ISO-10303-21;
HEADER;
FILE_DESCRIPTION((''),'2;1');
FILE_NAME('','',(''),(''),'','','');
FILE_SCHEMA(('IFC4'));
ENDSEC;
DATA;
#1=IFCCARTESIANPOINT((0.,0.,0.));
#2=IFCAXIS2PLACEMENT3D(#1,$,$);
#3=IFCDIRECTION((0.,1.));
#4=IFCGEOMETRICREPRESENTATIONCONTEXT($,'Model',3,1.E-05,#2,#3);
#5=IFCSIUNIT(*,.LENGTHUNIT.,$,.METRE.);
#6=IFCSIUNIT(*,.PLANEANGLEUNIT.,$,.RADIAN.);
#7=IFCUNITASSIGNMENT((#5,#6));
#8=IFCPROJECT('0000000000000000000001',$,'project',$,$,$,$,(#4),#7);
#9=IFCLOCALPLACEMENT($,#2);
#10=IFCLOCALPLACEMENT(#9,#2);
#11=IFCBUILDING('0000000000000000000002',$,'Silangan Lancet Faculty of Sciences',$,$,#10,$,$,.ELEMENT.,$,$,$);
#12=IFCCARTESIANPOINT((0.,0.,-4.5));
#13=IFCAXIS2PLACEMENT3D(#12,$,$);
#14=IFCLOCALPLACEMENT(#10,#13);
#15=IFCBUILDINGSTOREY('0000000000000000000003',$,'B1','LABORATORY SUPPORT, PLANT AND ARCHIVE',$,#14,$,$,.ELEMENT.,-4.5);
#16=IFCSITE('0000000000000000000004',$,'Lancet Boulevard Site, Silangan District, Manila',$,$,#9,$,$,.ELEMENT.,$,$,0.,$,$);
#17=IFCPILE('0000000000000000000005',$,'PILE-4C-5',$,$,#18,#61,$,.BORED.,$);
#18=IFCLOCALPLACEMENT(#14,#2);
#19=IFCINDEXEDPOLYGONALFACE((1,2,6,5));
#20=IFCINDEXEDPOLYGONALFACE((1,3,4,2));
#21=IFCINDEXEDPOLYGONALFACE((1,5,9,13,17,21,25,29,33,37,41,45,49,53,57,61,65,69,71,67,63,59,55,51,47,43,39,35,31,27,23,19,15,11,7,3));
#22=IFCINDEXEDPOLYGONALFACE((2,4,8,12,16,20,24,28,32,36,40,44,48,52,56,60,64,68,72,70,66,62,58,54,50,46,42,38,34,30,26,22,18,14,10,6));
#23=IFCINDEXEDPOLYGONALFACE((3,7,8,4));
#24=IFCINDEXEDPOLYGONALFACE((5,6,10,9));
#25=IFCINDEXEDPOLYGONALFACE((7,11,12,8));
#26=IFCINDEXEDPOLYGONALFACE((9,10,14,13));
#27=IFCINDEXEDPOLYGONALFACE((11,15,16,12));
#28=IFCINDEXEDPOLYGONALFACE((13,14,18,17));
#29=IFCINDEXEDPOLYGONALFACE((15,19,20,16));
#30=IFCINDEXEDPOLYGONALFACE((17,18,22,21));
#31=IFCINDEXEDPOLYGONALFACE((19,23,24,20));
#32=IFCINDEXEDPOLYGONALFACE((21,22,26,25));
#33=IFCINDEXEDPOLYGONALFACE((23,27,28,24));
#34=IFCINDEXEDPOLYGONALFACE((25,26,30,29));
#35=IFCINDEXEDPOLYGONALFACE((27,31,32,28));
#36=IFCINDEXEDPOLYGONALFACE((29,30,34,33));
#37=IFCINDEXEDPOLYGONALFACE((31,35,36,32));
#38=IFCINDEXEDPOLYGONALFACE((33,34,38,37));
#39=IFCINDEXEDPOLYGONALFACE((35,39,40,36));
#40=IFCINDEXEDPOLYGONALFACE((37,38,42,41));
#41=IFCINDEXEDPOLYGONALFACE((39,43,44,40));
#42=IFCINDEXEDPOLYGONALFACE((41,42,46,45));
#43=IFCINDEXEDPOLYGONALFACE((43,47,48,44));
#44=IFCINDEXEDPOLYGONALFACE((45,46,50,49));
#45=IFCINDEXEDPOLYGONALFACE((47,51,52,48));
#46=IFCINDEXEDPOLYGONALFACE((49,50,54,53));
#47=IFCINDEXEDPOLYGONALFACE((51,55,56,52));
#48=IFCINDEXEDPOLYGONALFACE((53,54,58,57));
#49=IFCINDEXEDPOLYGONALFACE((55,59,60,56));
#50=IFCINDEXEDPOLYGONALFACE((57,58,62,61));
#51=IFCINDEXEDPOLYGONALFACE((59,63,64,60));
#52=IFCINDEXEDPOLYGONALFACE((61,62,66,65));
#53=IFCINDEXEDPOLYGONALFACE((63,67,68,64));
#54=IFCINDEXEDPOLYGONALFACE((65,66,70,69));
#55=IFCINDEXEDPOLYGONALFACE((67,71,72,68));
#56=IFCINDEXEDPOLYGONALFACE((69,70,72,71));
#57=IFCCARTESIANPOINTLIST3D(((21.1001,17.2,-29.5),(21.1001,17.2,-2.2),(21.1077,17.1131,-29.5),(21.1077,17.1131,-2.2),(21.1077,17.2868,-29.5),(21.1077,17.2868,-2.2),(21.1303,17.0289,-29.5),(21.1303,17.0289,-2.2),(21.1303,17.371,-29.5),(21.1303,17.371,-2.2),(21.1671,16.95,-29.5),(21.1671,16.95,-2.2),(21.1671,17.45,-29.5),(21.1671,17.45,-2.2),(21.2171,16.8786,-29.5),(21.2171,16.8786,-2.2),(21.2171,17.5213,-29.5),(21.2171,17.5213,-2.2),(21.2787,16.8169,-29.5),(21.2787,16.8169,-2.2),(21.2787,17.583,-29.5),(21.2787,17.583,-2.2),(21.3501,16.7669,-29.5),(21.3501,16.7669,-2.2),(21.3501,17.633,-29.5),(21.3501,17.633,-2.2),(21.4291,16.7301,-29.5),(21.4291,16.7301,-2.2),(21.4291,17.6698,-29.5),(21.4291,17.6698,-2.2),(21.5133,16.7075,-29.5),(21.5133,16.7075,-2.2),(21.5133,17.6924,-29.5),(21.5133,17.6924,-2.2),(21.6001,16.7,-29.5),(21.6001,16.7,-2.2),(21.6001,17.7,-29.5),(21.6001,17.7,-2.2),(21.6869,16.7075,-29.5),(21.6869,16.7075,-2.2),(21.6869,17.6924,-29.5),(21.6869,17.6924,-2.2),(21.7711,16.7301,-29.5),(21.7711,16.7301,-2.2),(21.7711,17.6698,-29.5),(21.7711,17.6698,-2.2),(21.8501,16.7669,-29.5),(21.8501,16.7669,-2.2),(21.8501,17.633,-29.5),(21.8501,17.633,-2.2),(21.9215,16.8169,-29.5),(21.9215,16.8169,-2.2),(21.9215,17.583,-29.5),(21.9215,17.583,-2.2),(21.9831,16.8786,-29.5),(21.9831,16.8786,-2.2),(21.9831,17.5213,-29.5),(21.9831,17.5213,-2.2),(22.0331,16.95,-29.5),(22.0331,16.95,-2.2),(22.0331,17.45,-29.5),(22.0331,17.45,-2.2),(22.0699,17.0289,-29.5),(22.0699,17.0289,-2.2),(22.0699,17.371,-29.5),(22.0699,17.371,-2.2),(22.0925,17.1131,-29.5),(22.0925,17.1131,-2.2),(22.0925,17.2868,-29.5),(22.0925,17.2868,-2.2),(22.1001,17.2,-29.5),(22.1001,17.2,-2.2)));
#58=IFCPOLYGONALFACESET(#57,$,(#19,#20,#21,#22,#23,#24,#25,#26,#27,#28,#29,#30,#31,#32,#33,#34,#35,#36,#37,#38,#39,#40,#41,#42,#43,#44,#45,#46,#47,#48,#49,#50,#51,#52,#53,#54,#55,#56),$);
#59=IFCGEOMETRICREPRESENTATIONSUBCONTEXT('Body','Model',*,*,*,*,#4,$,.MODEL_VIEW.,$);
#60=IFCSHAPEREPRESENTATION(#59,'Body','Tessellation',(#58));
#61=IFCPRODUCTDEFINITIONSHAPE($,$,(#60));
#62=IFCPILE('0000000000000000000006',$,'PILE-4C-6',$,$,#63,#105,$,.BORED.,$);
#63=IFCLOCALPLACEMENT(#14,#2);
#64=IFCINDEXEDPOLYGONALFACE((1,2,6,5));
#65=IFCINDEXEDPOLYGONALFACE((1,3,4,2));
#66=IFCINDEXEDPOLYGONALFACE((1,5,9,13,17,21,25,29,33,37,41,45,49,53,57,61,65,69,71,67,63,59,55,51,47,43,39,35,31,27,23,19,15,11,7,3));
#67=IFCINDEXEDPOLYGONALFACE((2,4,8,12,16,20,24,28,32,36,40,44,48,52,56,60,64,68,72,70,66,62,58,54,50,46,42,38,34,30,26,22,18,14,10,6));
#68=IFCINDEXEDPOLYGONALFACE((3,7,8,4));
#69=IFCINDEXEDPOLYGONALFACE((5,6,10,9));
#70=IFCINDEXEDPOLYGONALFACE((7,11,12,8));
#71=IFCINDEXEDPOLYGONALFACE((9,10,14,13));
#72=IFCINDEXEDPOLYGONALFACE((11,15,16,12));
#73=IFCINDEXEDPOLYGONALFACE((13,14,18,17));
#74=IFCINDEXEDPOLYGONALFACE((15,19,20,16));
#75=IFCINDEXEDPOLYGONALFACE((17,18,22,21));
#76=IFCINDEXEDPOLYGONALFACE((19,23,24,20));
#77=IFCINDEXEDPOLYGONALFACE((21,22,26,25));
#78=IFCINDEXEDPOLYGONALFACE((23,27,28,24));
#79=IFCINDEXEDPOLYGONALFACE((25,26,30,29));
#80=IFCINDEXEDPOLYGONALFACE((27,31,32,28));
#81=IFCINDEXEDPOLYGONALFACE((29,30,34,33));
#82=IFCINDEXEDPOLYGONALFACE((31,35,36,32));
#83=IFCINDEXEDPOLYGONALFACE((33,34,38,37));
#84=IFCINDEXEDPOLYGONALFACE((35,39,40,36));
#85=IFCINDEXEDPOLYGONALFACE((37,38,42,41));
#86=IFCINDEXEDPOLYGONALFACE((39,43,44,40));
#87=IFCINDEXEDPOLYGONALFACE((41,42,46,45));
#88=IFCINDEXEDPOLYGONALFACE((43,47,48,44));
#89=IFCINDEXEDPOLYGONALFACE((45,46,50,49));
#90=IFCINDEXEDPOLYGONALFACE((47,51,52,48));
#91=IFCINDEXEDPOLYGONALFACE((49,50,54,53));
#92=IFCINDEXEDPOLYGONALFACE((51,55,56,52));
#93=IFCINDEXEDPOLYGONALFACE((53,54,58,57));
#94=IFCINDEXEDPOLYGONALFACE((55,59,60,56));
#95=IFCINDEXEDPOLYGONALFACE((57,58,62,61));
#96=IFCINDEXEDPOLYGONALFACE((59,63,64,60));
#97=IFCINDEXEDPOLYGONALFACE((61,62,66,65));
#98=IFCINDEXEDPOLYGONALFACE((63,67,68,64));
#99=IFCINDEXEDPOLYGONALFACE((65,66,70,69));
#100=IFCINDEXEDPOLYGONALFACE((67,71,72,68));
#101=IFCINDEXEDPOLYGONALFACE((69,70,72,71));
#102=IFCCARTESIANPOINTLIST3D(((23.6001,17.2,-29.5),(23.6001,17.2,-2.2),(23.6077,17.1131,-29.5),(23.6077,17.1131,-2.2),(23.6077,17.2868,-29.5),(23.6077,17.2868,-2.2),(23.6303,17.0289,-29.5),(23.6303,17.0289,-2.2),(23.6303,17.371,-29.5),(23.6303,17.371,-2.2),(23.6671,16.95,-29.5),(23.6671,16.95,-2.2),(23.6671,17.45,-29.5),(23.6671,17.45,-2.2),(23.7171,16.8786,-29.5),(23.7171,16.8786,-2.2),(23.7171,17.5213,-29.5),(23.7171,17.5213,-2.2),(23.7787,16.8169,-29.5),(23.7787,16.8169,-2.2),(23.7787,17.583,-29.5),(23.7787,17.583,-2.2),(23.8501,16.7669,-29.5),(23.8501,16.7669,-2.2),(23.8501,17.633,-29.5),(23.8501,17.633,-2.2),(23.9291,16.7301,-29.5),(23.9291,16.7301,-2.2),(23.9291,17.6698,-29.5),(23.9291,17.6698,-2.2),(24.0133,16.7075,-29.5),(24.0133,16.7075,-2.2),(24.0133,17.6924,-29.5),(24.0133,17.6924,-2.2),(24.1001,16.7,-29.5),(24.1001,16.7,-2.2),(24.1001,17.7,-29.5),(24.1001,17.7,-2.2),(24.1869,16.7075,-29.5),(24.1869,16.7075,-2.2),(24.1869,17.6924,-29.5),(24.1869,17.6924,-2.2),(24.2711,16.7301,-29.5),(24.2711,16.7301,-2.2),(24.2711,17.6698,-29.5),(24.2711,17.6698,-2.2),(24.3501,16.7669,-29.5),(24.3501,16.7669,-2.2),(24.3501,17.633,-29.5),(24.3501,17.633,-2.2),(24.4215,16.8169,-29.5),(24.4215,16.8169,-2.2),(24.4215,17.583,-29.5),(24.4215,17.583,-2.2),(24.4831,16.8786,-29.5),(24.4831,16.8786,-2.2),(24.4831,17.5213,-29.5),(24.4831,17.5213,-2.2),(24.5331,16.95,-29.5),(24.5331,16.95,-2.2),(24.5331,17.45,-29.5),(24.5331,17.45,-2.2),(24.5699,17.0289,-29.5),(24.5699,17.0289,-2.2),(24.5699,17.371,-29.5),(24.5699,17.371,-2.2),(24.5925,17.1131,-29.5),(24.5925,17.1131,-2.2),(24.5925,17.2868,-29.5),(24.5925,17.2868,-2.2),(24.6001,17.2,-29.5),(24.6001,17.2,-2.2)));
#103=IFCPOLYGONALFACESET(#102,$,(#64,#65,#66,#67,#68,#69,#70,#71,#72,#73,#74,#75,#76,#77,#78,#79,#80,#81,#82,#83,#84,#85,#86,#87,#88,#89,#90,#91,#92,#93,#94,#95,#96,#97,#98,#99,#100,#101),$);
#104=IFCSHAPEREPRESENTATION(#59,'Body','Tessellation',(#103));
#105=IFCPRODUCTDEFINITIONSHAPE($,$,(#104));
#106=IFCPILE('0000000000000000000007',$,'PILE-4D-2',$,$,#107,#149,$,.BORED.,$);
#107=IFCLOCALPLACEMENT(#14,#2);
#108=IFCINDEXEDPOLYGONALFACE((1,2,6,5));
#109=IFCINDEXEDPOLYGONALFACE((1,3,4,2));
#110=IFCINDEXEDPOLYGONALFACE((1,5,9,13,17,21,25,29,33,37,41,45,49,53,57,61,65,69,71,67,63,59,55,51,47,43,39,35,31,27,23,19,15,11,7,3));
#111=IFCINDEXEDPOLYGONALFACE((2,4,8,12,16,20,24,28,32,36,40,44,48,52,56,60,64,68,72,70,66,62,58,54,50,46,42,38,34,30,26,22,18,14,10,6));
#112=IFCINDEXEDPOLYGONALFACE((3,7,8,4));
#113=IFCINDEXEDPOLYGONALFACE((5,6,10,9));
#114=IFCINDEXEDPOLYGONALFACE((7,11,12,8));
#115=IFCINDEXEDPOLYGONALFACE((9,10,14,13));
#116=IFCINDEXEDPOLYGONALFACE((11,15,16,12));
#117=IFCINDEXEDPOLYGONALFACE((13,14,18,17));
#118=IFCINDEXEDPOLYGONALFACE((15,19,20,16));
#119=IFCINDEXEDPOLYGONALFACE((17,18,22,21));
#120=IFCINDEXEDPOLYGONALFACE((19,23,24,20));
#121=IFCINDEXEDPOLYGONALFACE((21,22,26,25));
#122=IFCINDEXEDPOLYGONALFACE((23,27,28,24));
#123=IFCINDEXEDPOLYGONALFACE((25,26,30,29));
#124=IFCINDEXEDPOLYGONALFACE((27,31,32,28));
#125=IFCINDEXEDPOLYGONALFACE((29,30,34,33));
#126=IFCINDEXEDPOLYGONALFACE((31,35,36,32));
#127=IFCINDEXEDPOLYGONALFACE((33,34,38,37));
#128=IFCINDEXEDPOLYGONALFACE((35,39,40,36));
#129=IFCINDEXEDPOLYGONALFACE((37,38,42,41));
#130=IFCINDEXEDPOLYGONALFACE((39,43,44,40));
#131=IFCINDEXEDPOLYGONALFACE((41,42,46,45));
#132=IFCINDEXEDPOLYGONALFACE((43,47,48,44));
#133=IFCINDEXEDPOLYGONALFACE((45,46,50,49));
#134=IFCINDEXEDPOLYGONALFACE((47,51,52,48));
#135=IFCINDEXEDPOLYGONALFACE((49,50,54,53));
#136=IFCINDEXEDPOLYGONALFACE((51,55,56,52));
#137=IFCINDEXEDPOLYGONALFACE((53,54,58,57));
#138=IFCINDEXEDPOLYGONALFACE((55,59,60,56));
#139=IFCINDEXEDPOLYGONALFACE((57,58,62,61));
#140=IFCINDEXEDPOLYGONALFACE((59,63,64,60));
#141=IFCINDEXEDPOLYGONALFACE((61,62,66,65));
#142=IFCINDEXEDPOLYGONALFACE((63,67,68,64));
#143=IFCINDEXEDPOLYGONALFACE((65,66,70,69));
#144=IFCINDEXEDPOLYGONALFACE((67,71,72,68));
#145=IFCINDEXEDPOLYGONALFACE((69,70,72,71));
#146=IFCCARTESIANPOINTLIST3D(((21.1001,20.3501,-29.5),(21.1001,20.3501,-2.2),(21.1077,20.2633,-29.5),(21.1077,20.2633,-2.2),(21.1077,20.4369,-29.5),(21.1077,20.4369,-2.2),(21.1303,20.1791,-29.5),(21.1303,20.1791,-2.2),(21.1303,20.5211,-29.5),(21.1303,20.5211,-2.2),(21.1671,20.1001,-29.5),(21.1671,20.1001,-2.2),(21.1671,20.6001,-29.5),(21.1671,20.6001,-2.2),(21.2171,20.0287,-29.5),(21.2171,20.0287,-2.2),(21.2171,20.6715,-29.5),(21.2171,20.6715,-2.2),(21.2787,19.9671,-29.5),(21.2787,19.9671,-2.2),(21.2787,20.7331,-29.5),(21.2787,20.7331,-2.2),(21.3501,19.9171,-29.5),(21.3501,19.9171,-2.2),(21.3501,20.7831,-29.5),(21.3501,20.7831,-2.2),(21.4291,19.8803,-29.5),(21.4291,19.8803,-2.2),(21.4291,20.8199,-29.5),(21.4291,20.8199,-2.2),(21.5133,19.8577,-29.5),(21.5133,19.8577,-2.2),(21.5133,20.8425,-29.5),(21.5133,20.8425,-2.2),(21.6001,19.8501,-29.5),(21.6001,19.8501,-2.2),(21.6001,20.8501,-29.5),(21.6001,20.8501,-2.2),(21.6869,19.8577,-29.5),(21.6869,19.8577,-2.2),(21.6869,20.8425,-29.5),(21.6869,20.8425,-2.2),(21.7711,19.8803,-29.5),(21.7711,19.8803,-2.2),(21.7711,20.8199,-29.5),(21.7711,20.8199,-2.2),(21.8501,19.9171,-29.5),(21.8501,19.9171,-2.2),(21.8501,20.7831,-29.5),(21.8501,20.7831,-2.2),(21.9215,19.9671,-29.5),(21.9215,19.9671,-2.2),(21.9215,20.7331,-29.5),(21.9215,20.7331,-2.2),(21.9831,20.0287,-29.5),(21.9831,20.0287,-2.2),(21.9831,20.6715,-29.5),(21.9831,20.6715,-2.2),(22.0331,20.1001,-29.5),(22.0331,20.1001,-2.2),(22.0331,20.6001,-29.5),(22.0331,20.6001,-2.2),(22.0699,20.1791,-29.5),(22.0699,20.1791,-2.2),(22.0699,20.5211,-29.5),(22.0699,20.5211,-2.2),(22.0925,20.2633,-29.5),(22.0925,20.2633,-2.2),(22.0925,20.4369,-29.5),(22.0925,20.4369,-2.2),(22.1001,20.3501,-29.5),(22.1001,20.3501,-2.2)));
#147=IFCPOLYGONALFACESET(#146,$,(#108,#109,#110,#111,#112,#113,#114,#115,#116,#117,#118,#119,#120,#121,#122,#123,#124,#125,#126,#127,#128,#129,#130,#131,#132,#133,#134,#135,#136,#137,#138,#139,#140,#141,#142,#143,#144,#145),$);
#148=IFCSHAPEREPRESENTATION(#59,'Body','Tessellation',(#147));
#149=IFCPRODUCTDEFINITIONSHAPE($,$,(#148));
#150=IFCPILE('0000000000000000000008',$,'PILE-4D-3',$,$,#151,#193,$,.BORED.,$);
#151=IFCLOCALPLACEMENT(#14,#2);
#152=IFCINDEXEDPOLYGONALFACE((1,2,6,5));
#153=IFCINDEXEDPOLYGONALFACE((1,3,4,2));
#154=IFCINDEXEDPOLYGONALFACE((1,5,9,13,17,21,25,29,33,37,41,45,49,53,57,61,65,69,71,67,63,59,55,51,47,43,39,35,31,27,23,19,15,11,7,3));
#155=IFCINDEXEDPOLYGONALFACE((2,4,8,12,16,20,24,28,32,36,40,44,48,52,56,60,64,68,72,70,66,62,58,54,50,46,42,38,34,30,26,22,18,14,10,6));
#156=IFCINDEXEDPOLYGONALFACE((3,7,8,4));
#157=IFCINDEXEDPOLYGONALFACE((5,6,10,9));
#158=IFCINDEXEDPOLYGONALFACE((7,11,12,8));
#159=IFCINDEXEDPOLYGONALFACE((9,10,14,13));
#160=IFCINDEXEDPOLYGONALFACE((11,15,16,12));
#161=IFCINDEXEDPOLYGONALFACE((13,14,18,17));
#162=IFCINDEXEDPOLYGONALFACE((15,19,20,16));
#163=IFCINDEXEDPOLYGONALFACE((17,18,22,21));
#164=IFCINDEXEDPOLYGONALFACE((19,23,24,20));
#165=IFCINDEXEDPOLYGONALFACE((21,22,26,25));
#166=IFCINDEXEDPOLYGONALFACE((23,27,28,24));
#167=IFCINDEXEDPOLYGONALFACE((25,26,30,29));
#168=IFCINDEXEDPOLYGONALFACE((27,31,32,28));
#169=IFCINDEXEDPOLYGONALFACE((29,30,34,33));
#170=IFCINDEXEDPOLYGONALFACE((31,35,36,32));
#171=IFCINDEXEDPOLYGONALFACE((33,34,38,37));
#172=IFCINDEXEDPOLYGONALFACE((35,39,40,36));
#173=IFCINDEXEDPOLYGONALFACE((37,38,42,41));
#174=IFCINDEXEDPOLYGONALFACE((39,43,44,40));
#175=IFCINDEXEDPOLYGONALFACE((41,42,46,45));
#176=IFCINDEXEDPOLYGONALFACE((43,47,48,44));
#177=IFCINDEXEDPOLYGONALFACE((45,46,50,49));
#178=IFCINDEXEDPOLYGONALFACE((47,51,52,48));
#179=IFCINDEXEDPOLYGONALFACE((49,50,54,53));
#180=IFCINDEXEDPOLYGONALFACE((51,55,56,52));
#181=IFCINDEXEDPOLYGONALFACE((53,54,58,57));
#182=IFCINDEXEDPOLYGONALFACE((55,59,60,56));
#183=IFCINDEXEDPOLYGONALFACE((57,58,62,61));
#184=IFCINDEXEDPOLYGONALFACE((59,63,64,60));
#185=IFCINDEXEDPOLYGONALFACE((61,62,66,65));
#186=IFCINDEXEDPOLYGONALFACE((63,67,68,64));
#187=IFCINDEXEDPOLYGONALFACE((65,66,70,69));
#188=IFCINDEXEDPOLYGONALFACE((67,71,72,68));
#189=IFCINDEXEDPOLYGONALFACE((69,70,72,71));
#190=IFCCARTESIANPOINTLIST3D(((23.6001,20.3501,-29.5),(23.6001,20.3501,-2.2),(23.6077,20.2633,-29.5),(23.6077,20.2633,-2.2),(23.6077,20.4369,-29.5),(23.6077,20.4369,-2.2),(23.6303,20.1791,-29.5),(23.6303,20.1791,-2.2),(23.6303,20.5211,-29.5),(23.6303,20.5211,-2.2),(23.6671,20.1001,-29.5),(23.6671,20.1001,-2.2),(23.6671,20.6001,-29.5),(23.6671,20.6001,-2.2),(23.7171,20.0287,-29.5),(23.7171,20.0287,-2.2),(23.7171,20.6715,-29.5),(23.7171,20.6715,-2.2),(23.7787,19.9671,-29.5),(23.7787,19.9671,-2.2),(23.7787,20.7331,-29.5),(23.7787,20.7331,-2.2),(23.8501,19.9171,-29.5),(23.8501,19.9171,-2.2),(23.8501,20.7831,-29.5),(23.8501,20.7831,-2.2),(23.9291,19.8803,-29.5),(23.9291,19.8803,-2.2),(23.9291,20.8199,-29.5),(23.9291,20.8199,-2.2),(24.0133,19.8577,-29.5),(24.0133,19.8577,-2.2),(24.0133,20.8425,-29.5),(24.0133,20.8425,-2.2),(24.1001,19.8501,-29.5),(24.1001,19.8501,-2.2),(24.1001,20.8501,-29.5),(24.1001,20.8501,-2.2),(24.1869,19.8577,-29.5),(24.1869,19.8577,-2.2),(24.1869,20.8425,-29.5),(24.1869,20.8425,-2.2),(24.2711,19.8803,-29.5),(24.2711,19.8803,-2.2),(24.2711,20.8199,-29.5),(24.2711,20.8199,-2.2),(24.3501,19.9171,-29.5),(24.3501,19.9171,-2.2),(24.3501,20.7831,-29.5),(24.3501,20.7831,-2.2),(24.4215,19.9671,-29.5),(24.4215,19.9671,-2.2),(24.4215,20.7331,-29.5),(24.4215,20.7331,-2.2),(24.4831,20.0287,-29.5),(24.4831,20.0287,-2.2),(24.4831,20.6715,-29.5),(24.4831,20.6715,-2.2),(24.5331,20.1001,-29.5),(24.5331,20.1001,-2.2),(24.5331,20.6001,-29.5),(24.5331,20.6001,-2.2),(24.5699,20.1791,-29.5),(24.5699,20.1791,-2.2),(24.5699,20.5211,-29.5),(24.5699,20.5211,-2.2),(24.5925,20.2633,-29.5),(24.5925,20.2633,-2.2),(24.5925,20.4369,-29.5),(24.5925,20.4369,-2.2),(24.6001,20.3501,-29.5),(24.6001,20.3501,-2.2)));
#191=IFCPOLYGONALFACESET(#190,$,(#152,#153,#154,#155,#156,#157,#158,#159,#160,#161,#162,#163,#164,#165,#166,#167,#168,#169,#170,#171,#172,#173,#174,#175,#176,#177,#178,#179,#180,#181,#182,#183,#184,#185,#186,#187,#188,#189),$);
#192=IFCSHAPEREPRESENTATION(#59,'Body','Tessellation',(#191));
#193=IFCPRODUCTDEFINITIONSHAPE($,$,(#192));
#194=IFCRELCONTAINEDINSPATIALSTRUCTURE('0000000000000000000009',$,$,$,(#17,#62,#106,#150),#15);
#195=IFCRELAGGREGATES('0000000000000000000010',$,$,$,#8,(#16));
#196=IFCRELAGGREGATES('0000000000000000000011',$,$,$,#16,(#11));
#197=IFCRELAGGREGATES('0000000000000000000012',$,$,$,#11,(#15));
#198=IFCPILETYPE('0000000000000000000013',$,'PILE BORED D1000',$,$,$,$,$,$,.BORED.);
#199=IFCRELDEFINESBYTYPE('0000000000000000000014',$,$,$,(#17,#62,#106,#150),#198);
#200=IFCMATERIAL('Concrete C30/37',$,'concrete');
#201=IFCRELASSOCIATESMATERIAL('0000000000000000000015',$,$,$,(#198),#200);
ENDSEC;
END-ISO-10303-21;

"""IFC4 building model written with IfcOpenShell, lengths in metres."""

from ifc_helpers import new_model, si_unit, direction, frame, origin, origin_2d, place, context, subcontext, project, spatial, circle, extrude, material, material_profile, profile_set, type_object, element, save


model = new_model("IFC4")

# Units and contexts
model_context = context("Model", 3, precision=1e-05, world=origin(), true_north=direction((0.0, 1.0)))
body_context = subcontext(model_context, "Body", "Model", "MODEL_VIEW")
ifc_project = project(units=[si_unit("LENGTHUNIT", "METRE"), si_unit("PLANEANGLEUNIT", "RADIAN")], contexts=[model_context])

# Site, building, storey
site_placement = place(None, origin())
site = spatial("IfcSite", under=ifc_project, at=site_placement, Name="Lancet Boulevard Site, Silangan District, Manila", CompositionType="ELEMENT", RefElevation=0.0)
building_placement = place(site_placement, origin())
building = spatial("IfcBuilding", under=site, at=building_placement, Name="Silangan Lancet Faculty of Sciences", CompositionType="ELEMENT")
storey_placement = place(building_placement, frame((0.0, 0.0, -4.5)))
storey = spatial("IfcBuildingStorey", under=building, at=storey_placement, Name="B1", Description="LABORATORY SUPPORT, PLANT AND ARCHIVE", CompositionType="ELEMENT", Elevation=-4.5)

# Piles
ifc_material_1 = material(Name="Concrete C30/37", Category="concrete")
ifc_material_profile_1 = material_profile(ifc_material_1, circle(Radius=0.5, at=origin_2d()), Name="BORED PILE D1000")
ifc_profile_set_1 = profile_set([ifc_material_profile_1], Name="Concrete C30/37")
pile_type = type_object("IfcPileType", Name="PILE BORED D1000", PredefinedType="BORED", material=ifc_profile_set_1)
for number, where, z_axis, x_axis, name in (
    (1, (21.6001, 17.2, -2.2), (0.0, 0.0, -1.0), (1.0, 0.0, 0.0), "PILE-4C-5"),
    (2, (24.1001, 17.2, -2.2), (0.0, 0.0, -1.0), (1.0, 0.0, 0.0), "PILE-4C-6"),
    (3, (21.6001, 20.3501, -2.2), (0.0, 0.0, -1.0), (1.0, 0.0, 0.0), "PILE-4D-2"),
    (4, (24.1001, 20.3501, -2.2), (0.0, 0.0, -1.0), (1.0, 0.0, 0.0), "PILE-4D-3"),
):
    element("IfcPile", number, at=place(storey_placement, frame(where, z_axis=z_axis, x_axis=x_axis)), inside=storey, type_object=pile_type, Name=name, PredefinedType="BORED", context=body_context, shape_type="SweptSolid", body=[
        extrude(circle(Radius=0.5, at=origin_2d()), origin(), (0.0, 0.0, 1.0), 27.3),
    ])

save(model, "model.ifc")
